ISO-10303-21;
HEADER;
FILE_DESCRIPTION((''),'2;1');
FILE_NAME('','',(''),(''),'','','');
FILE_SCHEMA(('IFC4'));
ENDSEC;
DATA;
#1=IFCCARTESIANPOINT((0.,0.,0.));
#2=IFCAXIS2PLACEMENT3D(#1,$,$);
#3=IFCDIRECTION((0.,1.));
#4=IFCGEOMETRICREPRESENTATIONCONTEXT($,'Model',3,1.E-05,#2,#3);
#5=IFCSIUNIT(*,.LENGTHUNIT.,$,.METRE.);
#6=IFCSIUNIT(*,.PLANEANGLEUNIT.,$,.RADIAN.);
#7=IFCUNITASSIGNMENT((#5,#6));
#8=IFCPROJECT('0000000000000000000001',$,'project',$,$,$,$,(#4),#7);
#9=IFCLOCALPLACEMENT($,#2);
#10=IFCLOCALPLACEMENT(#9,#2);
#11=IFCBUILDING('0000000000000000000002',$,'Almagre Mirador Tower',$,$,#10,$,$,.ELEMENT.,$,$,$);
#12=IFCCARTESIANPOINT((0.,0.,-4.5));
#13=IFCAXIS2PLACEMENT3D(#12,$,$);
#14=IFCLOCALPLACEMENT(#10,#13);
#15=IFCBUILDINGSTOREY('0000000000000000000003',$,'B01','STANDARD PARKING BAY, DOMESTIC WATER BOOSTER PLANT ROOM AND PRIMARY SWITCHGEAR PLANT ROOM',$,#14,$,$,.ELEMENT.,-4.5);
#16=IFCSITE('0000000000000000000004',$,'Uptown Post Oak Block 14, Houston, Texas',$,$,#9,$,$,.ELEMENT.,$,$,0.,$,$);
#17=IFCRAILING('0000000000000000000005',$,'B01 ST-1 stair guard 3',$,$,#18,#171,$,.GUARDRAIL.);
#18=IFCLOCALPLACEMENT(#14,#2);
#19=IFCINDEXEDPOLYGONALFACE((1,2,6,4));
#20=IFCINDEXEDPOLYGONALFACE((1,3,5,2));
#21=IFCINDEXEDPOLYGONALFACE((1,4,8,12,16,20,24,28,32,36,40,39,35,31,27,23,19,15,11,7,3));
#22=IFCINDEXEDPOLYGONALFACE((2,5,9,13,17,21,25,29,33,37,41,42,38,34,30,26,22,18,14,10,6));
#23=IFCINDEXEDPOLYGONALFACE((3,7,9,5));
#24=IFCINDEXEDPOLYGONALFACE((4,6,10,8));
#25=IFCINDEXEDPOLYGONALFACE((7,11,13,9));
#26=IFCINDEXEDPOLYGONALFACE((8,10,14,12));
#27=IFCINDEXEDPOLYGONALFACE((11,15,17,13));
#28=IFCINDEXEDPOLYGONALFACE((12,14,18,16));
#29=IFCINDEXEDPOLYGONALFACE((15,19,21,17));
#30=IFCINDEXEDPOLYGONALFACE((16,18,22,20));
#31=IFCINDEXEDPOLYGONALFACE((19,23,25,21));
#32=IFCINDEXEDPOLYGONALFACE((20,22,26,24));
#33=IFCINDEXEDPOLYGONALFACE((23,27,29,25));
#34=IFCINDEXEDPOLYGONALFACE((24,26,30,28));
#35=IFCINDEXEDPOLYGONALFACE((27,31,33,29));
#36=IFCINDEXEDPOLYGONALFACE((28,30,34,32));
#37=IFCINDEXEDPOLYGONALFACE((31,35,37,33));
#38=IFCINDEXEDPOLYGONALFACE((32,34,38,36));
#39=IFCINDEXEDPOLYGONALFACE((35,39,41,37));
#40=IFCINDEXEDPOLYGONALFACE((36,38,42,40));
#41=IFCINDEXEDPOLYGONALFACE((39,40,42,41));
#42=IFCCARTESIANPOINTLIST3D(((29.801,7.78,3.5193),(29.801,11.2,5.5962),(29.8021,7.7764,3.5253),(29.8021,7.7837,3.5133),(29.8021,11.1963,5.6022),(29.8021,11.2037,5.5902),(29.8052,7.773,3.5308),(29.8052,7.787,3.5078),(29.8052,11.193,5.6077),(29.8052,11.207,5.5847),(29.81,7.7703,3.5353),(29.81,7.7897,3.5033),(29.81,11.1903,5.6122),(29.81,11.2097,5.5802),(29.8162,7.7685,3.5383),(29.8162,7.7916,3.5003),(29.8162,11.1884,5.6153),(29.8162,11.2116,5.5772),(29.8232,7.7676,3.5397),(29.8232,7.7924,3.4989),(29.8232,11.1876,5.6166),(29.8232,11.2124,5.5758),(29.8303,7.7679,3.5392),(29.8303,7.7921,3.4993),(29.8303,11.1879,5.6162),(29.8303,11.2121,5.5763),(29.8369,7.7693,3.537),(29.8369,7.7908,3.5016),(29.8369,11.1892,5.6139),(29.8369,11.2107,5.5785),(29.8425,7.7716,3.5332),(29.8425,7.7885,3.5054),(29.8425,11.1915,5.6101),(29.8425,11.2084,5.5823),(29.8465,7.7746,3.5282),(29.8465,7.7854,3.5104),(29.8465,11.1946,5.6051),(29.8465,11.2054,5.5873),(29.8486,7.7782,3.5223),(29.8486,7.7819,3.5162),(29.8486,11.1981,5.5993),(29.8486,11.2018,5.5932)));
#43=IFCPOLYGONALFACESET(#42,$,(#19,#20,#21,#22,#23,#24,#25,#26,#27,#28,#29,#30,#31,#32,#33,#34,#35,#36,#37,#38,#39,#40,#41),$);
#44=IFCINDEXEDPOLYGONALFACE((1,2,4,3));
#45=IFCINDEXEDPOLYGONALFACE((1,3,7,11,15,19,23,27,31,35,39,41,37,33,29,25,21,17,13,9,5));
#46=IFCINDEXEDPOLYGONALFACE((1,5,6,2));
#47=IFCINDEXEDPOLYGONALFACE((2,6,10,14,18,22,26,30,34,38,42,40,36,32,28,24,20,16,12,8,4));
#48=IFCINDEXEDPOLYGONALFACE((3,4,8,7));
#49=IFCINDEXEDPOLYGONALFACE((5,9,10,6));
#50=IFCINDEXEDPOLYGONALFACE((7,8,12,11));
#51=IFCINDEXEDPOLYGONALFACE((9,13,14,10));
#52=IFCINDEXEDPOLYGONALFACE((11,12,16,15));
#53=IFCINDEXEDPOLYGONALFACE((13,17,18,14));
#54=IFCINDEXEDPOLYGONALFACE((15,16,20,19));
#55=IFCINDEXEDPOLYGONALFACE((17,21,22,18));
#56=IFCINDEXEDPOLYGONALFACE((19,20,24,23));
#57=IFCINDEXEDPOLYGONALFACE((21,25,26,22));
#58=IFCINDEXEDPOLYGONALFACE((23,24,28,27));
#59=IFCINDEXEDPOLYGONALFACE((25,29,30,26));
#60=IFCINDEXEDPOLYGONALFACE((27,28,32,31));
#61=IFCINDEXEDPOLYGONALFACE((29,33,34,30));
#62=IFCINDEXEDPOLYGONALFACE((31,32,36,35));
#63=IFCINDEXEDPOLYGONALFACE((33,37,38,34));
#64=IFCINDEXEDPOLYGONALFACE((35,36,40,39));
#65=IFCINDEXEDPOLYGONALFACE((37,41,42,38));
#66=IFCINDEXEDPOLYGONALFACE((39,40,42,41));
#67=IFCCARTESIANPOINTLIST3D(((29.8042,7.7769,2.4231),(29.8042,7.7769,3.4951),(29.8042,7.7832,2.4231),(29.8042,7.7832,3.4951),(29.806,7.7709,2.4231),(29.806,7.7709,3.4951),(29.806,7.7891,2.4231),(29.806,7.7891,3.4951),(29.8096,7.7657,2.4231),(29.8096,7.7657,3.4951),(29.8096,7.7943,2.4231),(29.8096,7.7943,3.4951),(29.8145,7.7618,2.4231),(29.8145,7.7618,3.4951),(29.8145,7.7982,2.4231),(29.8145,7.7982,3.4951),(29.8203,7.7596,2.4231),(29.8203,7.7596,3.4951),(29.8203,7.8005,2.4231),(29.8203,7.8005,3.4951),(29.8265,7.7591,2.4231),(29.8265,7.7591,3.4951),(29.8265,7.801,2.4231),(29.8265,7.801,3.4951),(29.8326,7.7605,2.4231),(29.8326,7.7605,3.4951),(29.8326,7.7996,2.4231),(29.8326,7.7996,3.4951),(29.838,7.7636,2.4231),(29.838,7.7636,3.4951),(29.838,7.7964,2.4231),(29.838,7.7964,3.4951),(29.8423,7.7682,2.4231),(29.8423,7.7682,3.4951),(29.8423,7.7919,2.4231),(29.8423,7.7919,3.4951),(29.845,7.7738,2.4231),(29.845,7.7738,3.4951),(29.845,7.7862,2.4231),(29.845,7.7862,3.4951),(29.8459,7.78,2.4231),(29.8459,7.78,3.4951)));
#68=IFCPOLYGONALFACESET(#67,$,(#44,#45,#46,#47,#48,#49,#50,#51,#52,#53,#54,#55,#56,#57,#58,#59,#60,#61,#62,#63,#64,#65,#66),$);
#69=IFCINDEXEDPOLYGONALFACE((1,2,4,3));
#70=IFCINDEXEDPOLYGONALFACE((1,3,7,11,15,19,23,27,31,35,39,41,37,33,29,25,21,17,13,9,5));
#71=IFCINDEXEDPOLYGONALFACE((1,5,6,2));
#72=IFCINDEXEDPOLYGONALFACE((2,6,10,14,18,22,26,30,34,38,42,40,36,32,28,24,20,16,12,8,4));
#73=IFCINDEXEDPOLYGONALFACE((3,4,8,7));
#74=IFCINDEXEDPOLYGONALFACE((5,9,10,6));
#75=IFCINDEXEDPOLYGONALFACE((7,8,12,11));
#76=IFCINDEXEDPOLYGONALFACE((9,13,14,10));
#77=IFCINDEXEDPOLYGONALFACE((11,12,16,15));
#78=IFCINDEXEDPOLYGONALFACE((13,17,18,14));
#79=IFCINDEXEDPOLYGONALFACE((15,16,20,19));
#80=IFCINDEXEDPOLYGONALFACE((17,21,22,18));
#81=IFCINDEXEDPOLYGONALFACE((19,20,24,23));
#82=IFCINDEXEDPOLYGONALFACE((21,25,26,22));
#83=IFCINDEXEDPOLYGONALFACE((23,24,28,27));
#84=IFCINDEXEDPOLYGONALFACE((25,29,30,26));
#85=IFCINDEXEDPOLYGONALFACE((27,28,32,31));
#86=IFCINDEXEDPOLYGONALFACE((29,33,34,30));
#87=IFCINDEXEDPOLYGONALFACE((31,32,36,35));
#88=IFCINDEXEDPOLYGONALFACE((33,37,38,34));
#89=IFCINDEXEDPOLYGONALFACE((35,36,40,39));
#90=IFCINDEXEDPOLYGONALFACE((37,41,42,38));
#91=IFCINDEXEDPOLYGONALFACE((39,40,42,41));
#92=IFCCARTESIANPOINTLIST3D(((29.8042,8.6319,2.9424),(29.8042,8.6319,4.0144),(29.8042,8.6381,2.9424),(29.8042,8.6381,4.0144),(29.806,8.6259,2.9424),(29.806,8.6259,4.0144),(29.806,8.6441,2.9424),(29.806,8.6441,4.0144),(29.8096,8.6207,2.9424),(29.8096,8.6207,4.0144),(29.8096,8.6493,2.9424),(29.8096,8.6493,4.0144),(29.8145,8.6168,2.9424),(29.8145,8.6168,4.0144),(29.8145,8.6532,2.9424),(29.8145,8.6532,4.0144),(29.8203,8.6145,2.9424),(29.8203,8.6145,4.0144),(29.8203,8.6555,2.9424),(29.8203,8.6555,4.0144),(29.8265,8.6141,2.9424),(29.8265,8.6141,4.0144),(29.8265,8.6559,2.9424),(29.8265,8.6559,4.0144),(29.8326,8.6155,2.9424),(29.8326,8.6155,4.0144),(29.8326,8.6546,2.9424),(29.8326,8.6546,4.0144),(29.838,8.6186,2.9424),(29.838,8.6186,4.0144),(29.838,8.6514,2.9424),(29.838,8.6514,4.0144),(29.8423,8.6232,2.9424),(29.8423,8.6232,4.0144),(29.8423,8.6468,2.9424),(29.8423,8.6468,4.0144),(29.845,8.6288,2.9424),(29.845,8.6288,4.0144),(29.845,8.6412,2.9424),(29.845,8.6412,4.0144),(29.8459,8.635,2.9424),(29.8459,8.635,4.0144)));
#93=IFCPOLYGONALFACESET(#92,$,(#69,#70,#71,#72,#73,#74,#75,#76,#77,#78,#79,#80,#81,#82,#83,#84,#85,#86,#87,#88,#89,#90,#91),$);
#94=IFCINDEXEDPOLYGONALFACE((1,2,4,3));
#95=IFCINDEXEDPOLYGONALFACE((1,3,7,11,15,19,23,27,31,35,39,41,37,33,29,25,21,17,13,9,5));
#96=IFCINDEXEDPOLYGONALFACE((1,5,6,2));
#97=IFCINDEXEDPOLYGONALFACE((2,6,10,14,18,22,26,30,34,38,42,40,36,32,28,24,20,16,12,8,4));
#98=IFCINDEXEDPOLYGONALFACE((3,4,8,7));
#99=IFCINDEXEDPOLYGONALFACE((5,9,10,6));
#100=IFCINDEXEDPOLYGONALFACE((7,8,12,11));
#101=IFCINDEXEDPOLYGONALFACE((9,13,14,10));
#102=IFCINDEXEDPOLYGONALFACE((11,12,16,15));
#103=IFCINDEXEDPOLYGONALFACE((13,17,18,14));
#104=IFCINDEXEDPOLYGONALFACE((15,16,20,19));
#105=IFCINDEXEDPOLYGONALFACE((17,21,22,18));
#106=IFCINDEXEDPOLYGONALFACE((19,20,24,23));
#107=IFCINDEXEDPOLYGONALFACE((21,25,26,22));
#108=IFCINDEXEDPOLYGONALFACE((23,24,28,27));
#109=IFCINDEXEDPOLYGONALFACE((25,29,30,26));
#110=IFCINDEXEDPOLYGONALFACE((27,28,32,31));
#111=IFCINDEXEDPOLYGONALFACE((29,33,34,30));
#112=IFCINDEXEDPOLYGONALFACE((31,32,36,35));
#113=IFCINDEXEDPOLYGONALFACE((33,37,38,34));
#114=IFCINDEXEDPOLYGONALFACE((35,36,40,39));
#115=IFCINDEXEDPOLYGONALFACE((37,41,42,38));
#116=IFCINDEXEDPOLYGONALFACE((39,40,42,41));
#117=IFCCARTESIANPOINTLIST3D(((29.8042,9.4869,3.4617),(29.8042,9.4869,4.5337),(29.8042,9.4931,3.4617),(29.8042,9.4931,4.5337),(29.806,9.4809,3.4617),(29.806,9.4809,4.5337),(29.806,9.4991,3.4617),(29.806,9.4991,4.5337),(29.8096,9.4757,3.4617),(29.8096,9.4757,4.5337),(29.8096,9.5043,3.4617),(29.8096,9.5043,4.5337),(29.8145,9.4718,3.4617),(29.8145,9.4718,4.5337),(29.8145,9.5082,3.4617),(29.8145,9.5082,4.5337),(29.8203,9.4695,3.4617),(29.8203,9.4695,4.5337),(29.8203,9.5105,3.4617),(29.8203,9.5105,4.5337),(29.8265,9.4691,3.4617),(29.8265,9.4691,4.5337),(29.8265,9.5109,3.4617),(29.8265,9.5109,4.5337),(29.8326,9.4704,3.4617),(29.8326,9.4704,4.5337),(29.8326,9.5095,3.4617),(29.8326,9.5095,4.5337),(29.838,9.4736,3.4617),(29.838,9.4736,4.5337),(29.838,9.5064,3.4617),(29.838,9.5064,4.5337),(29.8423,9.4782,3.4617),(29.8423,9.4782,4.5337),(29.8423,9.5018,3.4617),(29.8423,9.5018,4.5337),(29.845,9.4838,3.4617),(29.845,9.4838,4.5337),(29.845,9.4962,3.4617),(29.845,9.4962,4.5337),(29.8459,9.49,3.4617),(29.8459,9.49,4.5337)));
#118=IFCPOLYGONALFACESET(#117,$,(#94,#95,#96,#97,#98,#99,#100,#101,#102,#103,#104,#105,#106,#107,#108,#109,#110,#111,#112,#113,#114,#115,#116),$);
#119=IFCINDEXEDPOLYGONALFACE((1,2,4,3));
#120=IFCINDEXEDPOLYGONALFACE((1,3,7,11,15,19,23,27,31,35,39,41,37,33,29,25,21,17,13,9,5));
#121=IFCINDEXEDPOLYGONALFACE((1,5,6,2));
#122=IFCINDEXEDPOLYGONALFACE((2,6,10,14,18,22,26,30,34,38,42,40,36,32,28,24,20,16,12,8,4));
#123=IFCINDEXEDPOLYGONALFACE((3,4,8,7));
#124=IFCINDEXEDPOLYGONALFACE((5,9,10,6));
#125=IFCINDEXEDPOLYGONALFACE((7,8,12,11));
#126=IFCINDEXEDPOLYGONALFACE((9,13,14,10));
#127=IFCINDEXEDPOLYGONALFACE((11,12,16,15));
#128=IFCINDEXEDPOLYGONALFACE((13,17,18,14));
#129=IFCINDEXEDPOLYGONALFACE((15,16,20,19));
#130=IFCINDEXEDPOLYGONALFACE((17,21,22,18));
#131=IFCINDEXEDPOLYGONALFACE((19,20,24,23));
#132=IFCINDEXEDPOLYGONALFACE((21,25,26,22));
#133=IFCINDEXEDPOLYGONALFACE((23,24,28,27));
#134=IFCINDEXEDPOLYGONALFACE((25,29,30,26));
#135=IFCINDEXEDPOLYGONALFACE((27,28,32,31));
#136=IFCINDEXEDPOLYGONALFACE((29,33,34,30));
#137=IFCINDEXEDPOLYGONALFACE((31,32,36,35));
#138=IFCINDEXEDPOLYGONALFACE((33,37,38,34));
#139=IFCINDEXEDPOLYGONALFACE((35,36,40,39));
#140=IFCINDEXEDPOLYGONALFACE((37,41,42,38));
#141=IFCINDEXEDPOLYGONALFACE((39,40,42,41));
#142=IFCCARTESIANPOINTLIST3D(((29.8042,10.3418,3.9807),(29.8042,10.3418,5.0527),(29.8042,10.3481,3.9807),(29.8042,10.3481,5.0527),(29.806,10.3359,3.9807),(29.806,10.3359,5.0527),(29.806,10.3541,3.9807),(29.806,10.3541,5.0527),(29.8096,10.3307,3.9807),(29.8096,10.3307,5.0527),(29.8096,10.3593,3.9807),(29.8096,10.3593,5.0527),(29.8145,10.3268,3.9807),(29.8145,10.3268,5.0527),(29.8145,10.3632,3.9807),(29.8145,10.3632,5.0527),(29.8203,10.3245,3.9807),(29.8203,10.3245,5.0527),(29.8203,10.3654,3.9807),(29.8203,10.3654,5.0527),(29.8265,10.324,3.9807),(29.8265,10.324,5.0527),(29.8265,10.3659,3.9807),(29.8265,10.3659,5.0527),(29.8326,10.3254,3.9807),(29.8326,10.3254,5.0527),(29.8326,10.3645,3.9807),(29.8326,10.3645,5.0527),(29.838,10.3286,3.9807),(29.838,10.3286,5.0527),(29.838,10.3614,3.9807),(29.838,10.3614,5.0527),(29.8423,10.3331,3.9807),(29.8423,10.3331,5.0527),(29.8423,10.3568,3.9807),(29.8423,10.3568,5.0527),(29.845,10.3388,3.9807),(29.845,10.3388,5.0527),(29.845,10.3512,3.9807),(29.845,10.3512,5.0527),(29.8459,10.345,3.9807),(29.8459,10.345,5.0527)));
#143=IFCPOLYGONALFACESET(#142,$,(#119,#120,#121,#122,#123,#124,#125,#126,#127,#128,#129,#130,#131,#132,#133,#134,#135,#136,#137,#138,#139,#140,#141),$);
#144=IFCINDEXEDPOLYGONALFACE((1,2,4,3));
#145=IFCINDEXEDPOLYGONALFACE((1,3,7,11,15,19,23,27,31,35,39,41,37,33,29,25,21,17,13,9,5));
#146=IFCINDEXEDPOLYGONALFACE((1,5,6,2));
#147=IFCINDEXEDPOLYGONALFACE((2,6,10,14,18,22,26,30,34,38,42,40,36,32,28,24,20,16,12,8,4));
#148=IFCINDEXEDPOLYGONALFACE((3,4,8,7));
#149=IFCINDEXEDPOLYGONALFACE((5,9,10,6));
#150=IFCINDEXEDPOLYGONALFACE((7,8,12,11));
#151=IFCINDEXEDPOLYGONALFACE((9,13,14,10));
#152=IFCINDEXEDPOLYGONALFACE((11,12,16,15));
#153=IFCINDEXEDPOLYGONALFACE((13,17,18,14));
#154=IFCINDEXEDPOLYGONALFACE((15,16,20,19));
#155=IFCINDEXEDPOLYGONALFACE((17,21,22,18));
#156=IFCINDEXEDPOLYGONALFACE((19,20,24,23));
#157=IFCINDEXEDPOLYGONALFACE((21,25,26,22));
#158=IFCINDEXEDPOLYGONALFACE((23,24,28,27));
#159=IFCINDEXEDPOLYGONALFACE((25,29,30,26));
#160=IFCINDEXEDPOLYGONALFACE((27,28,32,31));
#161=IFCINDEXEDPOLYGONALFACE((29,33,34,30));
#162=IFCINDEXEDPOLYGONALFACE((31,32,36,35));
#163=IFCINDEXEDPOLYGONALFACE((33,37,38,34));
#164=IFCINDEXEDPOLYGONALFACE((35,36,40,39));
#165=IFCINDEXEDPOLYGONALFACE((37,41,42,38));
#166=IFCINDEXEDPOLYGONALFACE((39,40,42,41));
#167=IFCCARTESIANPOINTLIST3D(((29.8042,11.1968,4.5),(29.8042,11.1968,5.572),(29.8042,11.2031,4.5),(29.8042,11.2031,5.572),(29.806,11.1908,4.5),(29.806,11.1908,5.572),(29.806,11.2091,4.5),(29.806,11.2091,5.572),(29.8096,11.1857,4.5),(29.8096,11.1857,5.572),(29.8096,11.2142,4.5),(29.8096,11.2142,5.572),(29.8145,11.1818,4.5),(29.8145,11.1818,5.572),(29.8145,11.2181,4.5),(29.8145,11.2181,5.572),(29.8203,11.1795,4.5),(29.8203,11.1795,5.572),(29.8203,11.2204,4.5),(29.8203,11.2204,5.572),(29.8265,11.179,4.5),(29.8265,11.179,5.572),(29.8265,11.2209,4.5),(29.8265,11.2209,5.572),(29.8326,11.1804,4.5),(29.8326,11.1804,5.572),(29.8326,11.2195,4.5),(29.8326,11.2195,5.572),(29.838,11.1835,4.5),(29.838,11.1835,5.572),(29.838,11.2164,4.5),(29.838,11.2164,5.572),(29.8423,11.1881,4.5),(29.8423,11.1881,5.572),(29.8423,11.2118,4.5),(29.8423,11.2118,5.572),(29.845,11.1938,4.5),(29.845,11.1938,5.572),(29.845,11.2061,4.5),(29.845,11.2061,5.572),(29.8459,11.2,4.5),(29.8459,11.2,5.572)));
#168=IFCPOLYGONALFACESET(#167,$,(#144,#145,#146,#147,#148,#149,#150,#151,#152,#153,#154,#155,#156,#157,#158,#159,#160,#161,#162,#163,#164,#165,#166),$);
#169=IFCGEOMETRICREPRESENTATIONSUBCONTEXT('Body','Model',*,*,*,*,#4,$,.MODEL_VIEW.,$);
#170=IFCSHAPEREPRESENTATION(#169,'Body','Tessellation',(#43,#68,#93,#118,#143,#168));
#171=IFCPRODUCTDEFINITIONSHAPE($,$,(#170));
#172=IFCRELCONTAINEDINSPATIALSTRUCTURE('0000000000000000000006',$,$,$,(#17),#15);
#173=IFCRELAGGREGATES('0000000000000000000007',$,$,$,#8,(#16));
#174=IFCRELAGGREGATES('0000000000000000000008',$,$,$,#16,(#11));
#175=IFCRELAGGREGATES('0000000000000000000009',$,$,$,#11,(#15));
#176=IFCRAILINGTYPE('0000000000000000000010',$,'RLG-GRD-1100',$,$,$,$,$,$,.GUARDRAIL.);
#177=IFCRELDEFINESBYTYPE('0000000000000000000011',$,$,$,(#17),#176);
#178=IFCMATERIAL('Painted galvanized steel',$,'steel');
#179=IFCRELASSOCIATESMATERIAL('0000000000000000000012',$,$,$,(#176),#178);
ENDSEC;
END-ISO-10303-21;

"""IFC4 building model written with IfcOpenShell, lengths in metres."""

from ifc_helpers import new_model, si_unit, direction, frame, origin, origin_2d, place, context, subcontext, project, spatial, circle, extrude, material, type_object, element, save


model = new_model("IFC4")

# Units and contexts
model_context = context("Model", 3, precision=1e-05, world=origin(), true_north=direction((0.0, 1.0)))
body_context = subcontext(model_context, "Body", "Model", "MODEL_VIEW")
ifc_project = project(units=[si_unit("LENGTHUNIT", "METRE"), si_unit("PLANEANGLEUNIT", "RADIAN")], contexts=[model_context])

# Site, building, storey
site_placement = place(None, origin())
site = spatial("IfcSite", under=ifc_project, at=site_placement, Name="Uptown Post Oak Block 14, Houston, Texas", CompositionType="ELEMENT", RefElevation=0.0)
building_placement = place(site_placement, origin())
building = spatial("IfcBuilding", under=site, at=building_placement, Name="Almagre Mirador Tower", CompositionType="ELEMENT")
storey_placement = place(building_placement, frame((0.0, 0.0, -4.5)))
storey = spatial("IfcBuildingStorey", under=building, at=storey_placement, Name="B01", Description="STANDARD PARKING BAY, DOMESTIC WATER BOOSTER PLANT ROOM AND PRIMARY SWITCHGEAR PLANT ROOM", CompositionType="ELEMENT", Elevation=-4.5)

# Railing
ifc_material_1 = material(Name="Painted galvanized steel", Category="steel")
railing_type = type_object("IfcRailingType", Name="RLG-GRD-1100", PredefinedType="GUARDRAIL", material=ifc_material_1)
railing_1_placement = place(storey_placement, frame((29.825, 7.78, 2.4231)))
element("IfcRailing", 1, at=railing_1_placement, inside=storey, type_object=railing_type, Name="B01 ST-1 stair guard 3", PredefinedType="GUARDRAIL", context=body_context, shape_type="SweptSolid", body=[
    extrude(circle(Radius=0.0239, at=origin_2d()), frame((0.0, 0.0, 1.0962), z_axis=(0.0, 0.85473, 0.519074), x_axis=(-1.0, 0.0, 0.0)), (0.0, 0.0, 1.0), 4.0012),
    extrude(circle(Radius=0.021, at=origin_2d()), origin(), (0.0, 0.0, 1.0), 1.072),
    extrude(circle(Radius=0.021, at=origin_2d()), frame((0.0, 0.855, 0.5193)), (0.0, 0.0, 1.0), 1.072),
    extrude(circle(Radius=0.021, at=origin_2d()), frame((0.0, 1.71, 1.0386)), (0.0, 0.0, 1.0), 1.072),
    extrude(circle(Radius=0.021, at=origin_2d()), frame((0.0, 2.5649, 1.5576)), (0.0, 0.0, 1.0), 1.072),
    extrude(circle(Radius=0.021, at=origin_2d()), frame((0.0, 3.4199, 2.0769)), (0.0, 0.0, 1.0), 1.072),
])

save(model, "model.ifc")
